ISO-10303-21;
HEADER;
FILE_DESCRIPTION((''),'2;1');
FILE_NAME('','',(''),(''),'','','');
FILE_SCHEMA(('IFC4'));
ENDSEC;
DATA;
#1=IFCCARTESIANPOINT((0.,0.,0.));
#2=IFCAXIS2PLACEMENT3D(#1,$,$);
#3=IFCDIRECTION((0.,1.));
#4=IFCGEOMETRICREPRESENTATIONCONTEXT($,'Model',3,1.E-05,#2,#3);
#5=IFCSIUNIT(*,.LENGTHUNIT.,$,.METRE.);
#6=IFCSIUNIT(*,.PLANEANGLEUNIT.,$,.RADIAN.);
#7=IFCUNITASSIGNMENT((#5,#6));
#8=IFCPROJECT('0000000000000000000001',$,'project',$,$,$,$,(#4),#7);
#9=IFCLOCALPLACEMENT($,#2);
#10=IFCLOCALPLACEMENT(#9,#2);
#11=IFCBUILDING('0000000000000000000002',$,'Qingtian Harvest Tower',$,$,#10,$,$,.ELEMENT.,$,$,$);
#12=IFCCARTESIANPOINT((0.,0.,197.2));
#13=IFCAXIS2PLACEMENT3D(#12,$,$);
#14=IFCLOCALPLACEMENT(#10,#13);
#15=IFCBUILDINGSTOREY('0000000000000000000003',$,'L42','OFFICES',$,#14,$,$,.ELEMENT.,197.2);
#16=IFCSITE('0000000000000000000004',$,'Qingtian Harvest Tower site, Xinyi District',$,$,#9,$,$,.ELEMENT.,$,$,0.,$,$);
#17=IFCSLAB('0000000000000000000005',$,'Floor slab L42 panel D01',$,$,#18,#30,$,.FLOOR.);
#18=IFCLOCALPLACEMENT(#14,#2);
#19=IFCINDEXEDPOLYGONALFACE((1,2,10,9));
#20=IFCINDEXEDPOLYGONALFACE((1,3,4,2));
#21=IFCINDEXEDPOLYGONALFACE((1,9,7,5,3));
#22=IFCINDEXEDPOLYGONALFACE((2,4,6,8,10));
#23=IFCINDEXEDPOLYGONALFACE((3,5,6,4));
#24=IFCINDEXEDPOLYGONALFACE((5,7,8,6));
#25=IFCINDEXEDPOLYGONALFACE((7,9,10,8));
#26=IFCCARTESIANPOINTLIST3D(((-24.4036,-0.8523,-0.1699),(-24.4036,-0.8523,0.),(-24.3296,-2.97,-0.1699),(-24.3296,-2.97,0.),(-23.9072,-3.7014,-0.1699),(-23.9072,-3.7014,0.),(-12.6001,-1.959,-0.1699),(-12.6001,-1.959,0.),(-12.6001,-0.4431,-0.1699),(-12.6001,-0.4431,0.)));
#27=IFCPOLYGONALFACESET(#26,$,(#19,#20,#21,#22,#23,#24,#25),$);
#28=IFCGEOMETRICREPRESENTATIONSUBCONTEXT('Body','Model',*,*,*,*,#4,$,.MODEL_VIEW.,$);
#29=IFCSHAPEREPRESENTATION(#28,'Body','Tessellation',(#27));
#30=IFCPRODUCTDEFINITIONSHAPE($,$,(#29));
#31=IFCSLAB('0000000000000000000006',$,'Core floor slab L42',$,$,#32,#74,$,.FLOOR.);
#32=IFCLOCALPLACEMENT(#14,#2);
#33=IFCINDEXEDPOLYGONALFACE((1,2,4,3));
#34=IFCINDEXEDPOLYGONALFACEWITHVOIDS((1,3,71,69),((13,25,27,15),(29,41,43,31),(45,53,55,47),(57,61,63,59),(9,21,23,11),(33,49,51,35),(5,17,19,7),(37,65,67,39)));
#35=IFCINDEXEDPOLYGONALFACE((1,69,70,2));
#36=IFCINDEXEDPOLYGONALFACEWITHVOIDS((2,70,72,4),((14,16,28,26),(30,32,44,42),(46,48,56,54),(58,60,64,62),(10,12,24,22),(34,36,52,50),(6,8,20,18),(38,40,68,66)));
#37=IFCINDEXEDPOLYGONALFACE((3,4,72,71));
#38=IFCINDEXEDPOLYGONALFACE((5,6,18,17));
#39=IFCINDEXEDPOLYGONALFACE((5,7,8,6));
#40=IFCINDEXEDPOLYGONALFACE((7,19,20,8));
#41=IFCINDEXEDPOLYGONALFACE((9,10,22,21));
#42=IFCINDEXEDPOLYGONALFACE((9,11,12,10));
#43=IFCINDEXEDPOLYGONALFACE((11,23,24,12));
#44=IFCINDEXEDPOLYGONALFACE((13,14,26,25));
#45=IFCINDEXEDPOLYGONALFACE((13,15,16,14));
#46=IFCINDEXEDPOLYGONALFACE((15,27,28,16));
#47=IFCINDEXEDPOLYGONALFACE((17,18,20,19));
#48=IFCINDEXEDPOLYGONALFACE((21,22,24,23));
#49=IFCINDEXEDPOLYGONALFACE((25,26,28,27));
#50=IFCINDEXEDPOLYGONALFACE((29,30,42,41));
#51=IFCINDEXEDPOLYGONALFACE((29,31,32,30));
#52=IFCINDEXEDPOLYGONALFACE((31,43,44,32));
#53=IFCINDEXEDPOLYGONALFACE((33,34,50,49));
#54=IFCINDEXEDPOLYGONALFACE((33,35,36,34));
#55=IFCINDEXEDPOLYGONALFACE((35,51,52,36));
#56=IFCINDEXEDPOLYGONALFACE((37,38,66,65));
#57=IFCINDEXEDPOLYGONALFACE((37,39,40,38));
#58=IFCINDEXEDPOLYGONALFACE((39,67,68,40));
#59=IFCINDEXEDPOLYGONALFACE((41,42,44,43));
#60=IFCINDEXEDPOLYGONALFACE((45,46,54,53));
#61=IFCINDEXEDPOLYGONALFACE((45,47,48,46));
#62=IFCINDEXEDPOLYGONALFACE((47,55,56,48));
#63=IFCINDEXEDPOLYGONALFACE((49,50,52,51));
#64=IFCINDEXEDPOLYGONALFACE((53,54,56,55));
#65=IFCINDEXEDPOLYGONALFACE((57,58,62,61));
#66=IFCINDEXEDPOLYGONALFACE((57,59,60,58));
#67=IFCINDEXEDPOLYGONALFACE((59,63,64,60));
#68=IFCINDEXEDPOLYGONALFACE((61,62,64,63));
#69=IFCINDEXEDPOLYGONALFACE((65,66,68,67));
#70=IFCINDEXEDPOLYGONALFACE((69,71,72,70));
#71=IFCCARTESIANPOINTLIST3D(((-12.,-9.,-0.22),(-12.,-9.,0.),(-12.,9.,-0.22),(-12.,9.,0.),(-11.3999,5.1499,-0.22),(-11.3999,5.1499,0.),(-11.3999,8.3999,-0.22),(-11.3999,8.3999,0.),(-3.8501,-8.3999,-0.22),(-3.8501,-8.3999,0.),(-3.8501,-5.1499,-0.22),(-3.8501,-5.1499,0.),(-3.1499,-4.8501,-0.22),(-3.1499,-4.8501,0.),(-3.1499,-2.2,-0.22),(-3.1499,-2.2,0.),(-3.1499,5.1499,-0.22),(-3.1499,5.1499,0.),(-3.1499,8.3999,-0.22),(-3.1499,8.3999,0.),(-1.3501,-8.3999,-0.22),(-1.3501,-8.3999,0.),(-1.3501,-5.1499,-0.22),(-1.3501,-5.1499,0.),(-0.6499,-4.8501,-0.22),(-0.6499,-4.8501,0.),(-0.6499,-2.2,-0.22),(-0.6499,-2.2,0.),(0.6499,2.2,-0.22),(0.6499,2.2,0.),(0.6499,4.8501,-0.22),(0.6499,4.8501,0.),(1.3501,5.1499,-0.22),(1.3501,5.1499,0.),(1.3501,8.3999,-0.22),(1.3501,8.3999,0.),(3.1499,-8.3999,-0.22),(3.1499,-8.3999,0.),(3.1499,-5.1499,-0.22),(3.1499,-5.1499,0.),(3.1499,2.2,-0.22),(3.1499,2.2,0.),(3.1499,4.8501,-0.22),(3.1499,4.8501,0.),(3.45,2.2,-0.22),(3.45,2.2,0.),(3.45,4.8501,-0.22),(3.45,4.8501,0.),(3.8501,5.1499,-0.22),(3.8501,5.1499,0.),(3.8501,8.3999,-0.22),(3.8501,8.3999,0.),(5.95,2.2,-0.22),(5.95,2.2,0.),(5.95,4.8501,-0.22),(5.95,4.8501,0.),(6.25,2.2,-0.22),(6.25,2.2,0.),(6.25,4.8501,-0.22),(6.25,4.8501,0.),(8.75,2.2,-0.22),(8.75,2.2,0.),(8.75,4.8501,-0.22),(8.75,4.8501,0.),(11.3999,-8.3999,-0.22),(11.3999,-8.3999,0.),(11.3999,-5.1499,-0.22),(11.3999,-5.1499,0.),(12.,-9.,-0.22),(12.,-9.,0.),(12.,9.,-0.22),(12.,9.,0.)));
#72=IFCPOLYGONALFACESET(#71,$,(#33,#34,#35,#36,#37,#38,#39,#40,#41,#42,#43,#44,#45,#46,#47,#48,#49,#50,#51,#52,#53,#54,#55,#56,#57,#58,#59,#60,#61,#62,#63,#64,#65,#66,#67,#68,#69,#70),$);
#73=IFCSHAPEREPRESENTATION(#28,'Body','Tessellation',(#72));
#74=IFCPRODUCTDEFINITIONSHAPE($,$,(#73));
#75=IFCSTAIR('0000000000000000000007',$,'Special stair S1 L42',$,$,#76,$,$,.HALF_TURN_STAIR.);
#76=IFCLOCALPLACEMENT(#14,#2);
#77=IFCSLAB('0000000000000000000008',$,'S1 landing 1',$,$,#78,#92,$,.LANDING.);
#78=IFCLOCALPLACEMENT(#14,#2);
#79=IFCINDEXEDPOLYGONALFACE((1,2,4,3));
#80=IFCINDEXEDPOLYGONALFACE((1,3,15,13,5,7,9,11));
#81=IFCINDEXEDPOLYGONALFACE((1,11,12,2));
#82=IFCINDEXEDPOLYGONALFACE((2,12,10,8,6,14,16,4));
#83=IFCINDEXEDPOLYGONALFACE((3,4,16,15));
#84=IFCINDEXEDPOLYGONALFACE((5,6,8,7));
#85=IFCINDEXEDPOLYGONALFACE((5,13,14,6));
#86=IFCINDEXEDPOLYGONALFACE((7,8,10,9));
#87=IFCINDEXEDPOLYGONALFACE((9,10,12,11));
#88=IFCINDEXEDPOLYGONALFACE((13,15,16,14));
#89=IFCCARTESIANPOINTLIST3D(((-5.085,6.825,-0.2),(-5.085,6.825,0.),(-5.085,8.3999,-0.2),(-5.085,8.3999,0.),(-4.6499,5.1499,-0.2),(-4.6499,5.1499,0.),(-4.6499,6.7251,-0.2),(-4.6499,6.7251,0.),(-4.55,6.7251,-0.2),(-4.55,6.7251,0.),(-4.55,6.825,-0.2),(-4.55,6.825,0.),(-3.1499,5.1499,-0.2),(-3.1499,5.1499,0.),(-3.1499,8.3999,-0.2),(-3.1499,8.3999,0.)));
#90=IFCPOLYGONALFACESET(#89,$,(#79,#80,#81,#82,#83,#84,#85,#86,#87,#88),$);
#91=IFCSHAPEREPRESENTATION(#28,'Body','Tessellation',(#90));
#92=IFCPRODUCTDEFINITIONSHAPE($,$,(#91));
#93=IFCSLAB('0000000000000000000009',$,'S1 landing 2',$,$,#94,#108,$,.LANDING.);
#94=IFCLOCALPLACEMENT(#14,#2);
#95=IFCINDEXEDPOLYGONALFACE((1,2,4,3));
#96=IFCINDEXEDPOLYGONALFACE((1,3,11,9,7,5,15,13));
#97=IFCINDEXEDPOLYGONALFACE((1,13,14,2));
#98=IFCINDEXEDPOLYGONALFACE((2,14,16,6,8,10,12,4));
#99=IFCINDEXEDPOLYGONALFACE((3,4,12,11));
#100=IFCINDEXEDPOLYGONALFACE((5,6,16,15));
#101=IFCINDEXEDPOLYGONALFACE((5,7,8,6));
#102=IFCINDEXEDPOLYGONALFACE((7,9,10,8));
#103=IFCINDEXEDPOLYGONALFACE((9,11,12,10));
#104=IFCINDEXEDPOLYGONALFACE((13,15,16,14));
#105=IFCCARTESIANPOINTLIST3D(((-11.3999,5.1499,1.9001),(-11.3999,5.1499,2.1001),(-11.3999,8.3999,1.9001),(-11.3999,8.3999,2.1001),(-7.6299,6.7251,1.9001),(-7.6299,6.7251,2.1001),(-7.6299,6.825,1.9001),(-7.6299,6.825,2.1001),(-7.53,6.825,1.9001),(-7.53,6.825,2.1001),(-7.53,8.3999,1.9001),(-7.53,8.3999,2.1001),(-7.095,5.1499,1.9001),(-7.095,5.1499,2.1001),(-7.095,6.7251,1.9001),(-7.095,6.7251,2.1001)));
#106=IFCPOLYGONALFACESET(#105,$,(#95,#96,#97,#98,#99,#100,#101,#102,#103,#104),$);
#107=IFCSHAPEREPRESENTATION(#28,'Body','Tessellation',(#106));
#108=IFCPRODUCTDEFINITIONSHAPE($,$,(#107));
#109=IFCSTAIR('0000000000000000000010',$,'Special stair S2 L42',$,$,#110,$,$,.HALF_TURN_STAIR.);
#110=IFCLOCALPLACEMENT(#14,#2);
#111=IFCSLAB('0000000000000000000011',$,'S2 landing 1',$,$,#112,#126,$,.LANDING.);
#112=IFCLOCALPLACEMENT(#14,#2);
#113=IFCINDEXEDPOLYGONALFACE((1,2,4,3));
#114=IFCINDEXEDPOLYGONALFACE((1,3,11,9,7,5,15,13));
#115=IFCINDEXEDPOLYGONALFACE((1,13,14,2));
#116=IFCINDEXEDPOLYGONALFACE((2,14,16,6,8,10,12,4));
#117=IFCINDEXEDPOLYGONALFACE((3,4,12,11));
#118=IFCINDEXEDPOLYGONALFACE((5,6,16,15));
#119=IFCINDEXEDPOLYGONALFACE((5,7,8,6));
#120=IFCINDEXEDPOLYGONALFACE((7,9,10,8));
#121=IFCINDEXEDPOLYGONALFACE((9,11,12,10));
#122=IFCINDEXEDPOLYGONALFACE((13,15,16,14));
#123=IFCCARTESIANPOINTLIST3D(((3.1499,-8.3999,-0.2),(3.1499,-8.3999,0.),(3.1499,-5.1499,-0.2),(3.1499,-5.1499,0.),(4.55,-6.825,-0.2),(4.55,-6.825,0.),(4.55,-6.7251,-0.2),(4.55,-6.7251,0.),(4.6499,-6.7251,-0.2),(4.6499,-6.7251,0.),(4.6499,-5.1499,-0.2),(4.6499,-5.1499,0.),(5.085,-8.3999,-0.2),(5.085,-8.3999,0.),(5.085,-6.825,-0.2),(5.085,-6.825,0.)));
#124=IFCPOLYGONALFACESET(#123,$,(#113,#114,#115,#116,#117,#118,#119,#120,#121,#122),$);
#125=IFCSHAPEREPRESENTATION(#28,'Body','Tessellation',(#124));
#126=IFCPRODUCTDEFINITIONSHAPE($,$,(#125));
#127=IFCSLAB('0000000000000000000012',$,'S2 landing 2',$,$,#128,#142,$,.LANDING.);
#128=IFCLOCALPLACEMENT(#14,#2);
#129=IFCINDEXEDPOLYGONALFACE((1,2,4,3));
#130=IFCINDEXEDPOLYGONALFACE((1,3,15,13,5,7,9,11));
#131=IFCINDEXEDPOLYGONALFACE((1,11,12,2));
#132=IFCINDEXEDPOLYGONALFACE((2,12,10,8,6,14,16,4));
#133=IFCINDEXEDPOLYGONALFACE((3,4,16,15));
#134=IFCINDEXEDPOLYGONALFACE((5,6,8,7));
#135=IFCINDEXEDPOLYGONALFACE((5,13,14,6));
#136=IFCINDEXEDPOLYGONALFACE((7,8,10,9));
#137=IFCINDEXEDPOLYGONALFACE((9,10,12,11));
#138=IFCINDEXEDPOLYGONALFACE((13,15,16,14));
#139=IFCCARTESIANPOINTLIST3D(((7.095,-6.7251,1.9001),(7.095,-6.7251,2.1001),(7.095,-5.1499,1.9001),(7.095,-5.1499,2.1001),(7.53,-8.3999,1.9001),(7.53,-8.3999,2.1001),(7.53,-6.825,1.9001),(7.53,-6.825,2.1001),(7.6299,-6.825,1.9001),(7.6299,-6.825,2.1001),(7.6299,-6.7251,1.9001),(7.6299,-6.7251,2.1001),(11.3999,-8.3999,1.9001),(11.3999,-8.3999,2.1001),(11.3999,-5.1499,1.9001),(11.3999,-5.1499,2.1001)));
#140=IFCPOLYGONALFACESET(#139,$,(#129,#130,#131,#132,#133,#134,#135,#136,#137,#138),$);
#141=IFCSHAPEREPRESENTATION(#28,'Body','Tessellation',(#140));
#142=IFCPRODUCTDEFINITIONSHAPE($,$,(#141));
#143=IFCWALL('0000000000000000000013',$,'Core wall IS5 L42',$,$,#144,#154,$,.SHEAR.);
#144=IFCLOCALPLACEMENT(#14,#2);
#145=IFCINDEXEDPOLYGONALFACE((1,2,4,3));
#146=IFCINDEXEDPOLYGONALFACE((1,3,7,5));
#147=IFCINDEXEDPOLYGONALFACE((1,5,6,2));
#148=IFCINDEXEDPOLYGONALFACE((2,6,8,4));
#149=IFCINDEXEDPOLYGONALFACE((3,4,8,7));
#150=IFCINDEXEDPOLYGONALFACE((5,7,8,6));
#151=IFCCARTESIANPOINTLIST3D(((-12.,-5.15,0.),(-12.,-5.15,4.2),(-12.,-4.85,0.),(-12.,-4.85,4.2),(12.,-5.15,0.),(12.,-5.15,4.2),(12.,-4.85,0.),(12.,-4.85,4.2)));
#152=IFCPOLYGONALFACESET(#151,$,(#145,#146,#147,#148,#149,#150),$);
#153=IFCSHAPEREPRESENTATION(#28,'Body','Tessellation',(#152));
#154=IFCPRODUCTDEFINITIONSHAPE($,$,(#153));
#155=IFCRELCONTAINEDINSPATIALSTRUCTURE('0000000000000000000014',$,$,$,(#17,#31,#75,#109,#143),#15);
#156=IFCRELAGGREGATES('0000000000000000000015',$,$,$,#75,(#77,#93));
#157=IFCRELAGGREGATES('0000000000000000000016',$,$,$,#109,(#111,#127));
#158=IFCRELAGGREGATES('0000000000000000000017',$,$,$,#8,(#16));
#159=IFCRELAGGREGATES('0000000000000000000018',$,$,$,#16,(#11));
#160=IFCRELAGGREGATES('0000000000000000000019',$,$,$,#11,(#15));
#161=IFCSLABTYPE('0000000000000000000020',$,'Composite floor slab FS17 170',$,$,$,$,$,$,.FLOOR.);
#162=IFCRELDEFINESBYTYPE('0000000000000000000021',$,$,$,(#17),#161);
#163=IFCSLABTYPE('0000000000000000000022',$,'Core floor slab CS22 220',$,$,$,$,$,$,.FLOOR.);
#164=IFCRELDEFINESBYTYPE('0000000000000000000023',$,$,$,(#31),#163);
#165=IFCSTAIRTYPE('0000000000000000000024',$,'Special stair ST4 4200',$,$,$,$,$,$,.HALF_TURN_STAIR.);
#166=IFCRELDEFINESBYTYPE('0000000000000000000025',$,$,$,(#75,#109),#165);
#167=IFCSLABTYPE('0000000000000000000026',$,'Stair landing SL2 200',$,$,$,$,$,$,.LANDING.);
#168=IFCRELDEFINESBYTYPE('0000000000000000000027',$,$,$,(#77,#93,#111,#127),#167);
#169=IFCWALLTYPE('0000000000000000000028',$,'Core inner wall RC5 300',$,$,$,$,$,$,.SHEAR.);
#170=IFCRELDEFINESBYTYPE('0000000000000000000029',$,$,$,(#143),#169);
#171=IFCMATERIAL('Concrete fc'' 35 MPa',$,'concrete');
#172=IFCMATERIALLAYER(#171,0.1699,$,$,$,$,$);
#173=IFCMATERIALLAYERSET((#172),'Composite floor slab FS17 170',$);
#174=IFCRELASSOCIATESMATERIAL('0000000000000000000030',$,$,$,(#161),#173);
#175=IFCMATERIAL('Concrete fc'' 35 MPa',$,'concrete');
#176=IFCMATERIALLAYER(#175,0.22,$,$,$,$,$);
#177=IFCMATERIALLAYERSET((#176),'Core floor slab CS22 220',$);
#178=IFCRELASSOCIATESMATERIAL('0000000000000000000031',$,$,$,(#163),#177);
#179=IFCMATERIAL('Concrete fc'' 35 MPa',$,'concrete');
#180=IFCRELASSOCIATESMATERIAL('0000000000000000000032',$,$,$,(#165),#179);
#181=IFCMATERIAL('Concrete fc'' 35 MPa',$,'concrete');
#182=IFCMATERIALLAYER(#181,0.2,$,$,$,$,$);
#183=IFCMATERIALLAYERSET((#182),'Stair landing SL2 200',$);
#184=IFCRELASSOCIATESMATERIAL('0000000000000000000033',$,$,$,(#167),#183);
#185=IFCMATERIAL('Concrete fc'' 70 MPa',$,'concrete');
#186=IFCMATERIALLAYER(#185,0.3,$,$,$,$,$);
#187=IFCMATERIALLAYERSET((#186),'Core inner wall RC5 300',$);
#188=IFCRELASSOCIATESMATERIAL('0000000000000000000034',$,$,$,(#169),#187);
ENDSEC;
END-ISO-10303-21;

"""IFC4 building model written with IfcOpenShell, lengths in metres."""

from ifc_helpers import new_model, si_unit, direction, frame, frame_2d, origin, place, context, subcontext, project, spatial, polyline, rectangle, outline, extrude, material, layer, layer_set, type_object, element, aggregate, save


model = new_model("IFC4")

# Units and contexts
model_context = context("Model", 3, precision=1e-05, world=origin(), true_north=direction((0.0, 1.0)))
body_context = subcontext(model_context, "Body", "Model", "MODEL_VIEW")
ifc_project = project(units=[si_unit("LENGTHUNIT", "METRE"), si_unit("PLANEANGLEUNIT", "RADIAN")], contexts=[model_context])

# Site, building, storey
site_placement = place(None, origin())
site = spatial("IfcSite", under=ifc_project, at=site_placement, Name="Qingtian Harvest Tower site, Xinyi District", CompositionType="ELEMENT", RefElevation=0.0)
building_placement = place(site_placement, origin())
building = spatial("IfcBuilding", under=site, at=building_placement, Name="Qingtian Harvest Tower", CompositionType="ELEMENT")
storey_placement = place(building_placement, frame((0.0, 0.0, 197.2)))
storey = spatial("IfcBuildingStorey", under=building, at=storey_placement, Name="L42", Description="OFFICES", CompositionType="ELEMENT", Elevation=197.2)

# Slabs
ifc_material_1 = material(Name="Concrete fc' 35 MPa", Category="concrete")
ifc_layer_1 = layer(ifc_material_1, 0.1699)
ifc_layer_set_1 = layer_set([ifc_layer_1], Name="Composite floor slab FS17 170")
slab_type_1 = type_object("IfcSlabType", Name="Composite floor slab FS17 170", PredefinedType="FLOOR", material=ifc_layer_set_1)
slab_1_placement = place(storey_placement, frame((0.0, 0.0, -0.1699)))
element("IfcSlab", 1, at=slab_1_placement, inside=storey, type_object=slab_type_1, Name="Floor slab L42 panel D01", PredefinedType="FLOOR", context=body_context, shape_type="SweptSolid", body=[
    extrude(outline(polyline([(-24.4036, -0.8523), (-12.6001, -0.4431), (-12.6001, -1.959), (-23.9072, -3.7014), (-24.3296, -2.97), (-24.4036, -0.8523)])), origin(), (0.0, 0.0, 1.0), 0.1699),
])
ifc_material_2 = material(Name="Concrete fc' 35 MPa", Category="concrete")
ifc_layer_2 = layer(ifc_material_2, 0.22)
ifc_layer_set_2 = layer_set([ifc_layer_2], Name="Core floor slab CS22 220")
slab_type_2 = type_object("IfcSlabType", Name="Core floor slab CS22 220", PredefinedType="FLOOR", material=ifc_layer_set_2)
slab_2_placement = place(storey_placement, frame((0.0, 0.0, -0.22)))
element("IfcSlab", 2, at=slab_2_placement, inside=storey, type_object=slab_type_2, Name="Core floor slab L42", PredefinedType="FLOOR", context=body_context, shape_type="SweptSolid", body=[
    extrude(outline(polyline([(-12.0, -9.0), (12.0, -9.0), (12.0, 9.0), (-12.0, 9.0), (-12.0, -9.0)]), holes=[polyline([(-11.3999, 5.1499), (-3.1499, 5.1499), (-3.1499, 8.3999), (-11.3999, 8.3999), (-11.3999, 5.1499)]), polyline([(3.1499, -8.3999), (11.3999, -8.3999), (11.3999, -5.1499), (3.1499, -5.1499), (3.1499, -8.3999)]), polyline([(1.3501, 5.1499), (3.8501, 5.1499), (3.8501, 8.3999), (1.3501, 8.3999), (1.3501, 5.1499)]), polyline([(-3.8501, -8.3999), (-1.3501, -8.3999), (-1.3501, -5.1499), (-3.8501, -5.1499), (-3.8501, -8.3999)]), polyline([(0.6499, 2.2), (3.1499, 2.2), (3.1499, 4.8501), (0.6499, 4.8501), (0.6499, 2.2)]), polyline([(3.45, 2.2), (5.95, 2.2), (5.95, 4.8501), (3.45, 4.8501), (3.45, 2.2)]), polyline([(6.25, 2.2), (8.75, 2.2), (8.75, 4.8501), (6.25, 4.8501), (6.25, 2.2)]), polyline([(-3.1499, -4.8501), (-0.6499, -4.8501), (-0.6499, -2.2), (-3.1499, -2.2), (-3.1499, -4.8501)])]), origin(), (0.0, 0.0, 1.0), 0.22),
])

# Stairs, slabs
ifc_material_3 = material(Name="Concrete fc' 35 MPa", Category="concrete")
stair_type = type_object("IfcStairType", Name="Special stair ST4 4200", PredefinedType="HALF_TURN_STAIR", material=ifc_material_3)
stair_1_placement = place(storey_placement, origin())
stair_1 = element("IfcStair", 3, at=stair_1_placement, inside=storey, type_object=stair_type, Name="Special stair S1 L42", PredefinedType="HALF_TURN_STAIR")
ifc_material_4 = material(Name="Concrete fc' 35 MPa", Category="concrete")
ifc_layer_3 = layer(ifc_material_4, 0.2)
ifc_layer_set_3 = layer_set([ifc_layer_3], Name="Stair landing SL2 200")
slab_type_3 = type_object("IfcSlabType", Name="Stair landing SL2 200", PredefinedType="LANDING", material=ifc_layer_set_3)
slab_3_placement = place(storey_placement, frame((0.0, 0.0, -0.2)))
slab_3 = element("IfcSlab", 4, at=slab_3_placement, type_object=slab_type_3, Name="S1 landing 1", PredefinedType="LANDING", context=body_context, shape_type="SweptSolid", body=[
    extrude(outline(polyline([(-4.6499, 5.1499), (-4.6499, 6.7251), (-4.55, 6.7251), (-4.55, 6.825), (-5.085, 6.825), (-5.085, 8.3999), (-3.1499, 8.3999), (-3.1499, 5.1499), (-4.6499, 5.1499)])), origin(), (0.0, 0.0, 1.0), 0.2),
])
slab_4_placement = place(storey_placement, frame((0.0, 0.0, 1.9001)))
slab_4 = element("IfcSlab", 5, at=slab_4_placement, type_object=slab_type_3, Name="S1 landing 2", PredefinedType="LANDING", context=body_context, shape_type="SweptSolid", body=[
    extrude(outline(polyline([(-7.095, 5.1499), (-11.3999, 5.1499), (-11.3999, 8.3999), (-7.53, 8.3999), (-7.53, 6.825), (-7.6299, 6.825), (-7.6299, 6.7251), (-7.095, 6.7251), (-7.095, 5.1499)])), origin(), (0.0, 0.0, 1.0), 0.2),
])
aggregate(stair_1, [slab_3, slab_4])
stair_2_placement = place(storey_placement, origin())
stair_2 = element("IfcStair", 6, at=stair_2_placement, inside=storey, type_object=stair_type, Name="Special stair S2 L42", PredefinedType="HALF_TURN_STAIR")
slab_5_placement = place(storey_placement, frame((0.0, 0.0, -0.2)))
slab_5 = element("IfcSlab", 7, at=slab_5_placement, type_object=slab_type_3, Name="S2 landing 1", PredefinedType="LANDING", context=body_context, shape_type="SweptSolid", body=[
    extrude(outline(polyline([(5.085, -8.3999), (3.1499, -8.3999), (3.1499, -5.1499), (4.6499, -5.1499), (4.6499, -6.7251), (4.55, -6.7251), (4.55, -6.825), (5.085, -6.825), (5.085, -8.3999)])), origin(), (0.0, 0.0, 1.0), 0.2),
])
slab_6_placement = place(storey_placement, frame((0.0, 0.0, 1.9001)))
slab_6 = element("IfcSlab", 8, at=slab_6_placement, type_object=slab_type_3, Name="S2 landing 2", PredefinedType="LANDING", context=body_context, shape_type="SweptSolid", body=[
    extrude(outline(polyline([(7.53, -8.3999), (7.53, -6.825), (7.6299, -6.825), (7.6299, -6.7251), (7.095, -6.7251), (7.095, -5.1499), (11.3999, -5.1499), (11.3999, -8.3999), (7.53, -8.3999)])), origin(), (0.0, 0.0, 1.0), 0.2),
])
aggregate(stair_2, [slab_5, slab_6])

# Wall
ifc_material_5 = material(Name="Concrete fc' 70 MPa", Category="concrete")
ifc_layer_4 = layer(ifc_material_5, 0.3)
ifc_layer_set_4 = layer_set([ifc_layer_4], Name="Core inner wall RC5 300")
wall_type_1 = type_object("IfcWallType", Name="Core inner wall RC5 300", PredefinedType="SHEAR", material=ifc_layer_set_4)
wall_1_placement = place(storey_placement, frame((-12.0, -5.0, 0.0), z_axis=(0.0, 0.0, 1.0), x_axis=(1.0, 0.0, 0.0)))
element("IfcWall", 9, at=wall_1_placement, inside=storey, type_object=wall_type_1, Name="Core wall IS5 L42", PredefinedType="SHEAR", context=body_context, shape_type="SweptSolid", body=[
    extrude(rectangle(XDim=24.0, YDim=0.3, at=frame_2d((12.0, 0.0))), origin(), (0.0, 0.0, 1.0), 4.2),
])

save(model, "model.ifc")
